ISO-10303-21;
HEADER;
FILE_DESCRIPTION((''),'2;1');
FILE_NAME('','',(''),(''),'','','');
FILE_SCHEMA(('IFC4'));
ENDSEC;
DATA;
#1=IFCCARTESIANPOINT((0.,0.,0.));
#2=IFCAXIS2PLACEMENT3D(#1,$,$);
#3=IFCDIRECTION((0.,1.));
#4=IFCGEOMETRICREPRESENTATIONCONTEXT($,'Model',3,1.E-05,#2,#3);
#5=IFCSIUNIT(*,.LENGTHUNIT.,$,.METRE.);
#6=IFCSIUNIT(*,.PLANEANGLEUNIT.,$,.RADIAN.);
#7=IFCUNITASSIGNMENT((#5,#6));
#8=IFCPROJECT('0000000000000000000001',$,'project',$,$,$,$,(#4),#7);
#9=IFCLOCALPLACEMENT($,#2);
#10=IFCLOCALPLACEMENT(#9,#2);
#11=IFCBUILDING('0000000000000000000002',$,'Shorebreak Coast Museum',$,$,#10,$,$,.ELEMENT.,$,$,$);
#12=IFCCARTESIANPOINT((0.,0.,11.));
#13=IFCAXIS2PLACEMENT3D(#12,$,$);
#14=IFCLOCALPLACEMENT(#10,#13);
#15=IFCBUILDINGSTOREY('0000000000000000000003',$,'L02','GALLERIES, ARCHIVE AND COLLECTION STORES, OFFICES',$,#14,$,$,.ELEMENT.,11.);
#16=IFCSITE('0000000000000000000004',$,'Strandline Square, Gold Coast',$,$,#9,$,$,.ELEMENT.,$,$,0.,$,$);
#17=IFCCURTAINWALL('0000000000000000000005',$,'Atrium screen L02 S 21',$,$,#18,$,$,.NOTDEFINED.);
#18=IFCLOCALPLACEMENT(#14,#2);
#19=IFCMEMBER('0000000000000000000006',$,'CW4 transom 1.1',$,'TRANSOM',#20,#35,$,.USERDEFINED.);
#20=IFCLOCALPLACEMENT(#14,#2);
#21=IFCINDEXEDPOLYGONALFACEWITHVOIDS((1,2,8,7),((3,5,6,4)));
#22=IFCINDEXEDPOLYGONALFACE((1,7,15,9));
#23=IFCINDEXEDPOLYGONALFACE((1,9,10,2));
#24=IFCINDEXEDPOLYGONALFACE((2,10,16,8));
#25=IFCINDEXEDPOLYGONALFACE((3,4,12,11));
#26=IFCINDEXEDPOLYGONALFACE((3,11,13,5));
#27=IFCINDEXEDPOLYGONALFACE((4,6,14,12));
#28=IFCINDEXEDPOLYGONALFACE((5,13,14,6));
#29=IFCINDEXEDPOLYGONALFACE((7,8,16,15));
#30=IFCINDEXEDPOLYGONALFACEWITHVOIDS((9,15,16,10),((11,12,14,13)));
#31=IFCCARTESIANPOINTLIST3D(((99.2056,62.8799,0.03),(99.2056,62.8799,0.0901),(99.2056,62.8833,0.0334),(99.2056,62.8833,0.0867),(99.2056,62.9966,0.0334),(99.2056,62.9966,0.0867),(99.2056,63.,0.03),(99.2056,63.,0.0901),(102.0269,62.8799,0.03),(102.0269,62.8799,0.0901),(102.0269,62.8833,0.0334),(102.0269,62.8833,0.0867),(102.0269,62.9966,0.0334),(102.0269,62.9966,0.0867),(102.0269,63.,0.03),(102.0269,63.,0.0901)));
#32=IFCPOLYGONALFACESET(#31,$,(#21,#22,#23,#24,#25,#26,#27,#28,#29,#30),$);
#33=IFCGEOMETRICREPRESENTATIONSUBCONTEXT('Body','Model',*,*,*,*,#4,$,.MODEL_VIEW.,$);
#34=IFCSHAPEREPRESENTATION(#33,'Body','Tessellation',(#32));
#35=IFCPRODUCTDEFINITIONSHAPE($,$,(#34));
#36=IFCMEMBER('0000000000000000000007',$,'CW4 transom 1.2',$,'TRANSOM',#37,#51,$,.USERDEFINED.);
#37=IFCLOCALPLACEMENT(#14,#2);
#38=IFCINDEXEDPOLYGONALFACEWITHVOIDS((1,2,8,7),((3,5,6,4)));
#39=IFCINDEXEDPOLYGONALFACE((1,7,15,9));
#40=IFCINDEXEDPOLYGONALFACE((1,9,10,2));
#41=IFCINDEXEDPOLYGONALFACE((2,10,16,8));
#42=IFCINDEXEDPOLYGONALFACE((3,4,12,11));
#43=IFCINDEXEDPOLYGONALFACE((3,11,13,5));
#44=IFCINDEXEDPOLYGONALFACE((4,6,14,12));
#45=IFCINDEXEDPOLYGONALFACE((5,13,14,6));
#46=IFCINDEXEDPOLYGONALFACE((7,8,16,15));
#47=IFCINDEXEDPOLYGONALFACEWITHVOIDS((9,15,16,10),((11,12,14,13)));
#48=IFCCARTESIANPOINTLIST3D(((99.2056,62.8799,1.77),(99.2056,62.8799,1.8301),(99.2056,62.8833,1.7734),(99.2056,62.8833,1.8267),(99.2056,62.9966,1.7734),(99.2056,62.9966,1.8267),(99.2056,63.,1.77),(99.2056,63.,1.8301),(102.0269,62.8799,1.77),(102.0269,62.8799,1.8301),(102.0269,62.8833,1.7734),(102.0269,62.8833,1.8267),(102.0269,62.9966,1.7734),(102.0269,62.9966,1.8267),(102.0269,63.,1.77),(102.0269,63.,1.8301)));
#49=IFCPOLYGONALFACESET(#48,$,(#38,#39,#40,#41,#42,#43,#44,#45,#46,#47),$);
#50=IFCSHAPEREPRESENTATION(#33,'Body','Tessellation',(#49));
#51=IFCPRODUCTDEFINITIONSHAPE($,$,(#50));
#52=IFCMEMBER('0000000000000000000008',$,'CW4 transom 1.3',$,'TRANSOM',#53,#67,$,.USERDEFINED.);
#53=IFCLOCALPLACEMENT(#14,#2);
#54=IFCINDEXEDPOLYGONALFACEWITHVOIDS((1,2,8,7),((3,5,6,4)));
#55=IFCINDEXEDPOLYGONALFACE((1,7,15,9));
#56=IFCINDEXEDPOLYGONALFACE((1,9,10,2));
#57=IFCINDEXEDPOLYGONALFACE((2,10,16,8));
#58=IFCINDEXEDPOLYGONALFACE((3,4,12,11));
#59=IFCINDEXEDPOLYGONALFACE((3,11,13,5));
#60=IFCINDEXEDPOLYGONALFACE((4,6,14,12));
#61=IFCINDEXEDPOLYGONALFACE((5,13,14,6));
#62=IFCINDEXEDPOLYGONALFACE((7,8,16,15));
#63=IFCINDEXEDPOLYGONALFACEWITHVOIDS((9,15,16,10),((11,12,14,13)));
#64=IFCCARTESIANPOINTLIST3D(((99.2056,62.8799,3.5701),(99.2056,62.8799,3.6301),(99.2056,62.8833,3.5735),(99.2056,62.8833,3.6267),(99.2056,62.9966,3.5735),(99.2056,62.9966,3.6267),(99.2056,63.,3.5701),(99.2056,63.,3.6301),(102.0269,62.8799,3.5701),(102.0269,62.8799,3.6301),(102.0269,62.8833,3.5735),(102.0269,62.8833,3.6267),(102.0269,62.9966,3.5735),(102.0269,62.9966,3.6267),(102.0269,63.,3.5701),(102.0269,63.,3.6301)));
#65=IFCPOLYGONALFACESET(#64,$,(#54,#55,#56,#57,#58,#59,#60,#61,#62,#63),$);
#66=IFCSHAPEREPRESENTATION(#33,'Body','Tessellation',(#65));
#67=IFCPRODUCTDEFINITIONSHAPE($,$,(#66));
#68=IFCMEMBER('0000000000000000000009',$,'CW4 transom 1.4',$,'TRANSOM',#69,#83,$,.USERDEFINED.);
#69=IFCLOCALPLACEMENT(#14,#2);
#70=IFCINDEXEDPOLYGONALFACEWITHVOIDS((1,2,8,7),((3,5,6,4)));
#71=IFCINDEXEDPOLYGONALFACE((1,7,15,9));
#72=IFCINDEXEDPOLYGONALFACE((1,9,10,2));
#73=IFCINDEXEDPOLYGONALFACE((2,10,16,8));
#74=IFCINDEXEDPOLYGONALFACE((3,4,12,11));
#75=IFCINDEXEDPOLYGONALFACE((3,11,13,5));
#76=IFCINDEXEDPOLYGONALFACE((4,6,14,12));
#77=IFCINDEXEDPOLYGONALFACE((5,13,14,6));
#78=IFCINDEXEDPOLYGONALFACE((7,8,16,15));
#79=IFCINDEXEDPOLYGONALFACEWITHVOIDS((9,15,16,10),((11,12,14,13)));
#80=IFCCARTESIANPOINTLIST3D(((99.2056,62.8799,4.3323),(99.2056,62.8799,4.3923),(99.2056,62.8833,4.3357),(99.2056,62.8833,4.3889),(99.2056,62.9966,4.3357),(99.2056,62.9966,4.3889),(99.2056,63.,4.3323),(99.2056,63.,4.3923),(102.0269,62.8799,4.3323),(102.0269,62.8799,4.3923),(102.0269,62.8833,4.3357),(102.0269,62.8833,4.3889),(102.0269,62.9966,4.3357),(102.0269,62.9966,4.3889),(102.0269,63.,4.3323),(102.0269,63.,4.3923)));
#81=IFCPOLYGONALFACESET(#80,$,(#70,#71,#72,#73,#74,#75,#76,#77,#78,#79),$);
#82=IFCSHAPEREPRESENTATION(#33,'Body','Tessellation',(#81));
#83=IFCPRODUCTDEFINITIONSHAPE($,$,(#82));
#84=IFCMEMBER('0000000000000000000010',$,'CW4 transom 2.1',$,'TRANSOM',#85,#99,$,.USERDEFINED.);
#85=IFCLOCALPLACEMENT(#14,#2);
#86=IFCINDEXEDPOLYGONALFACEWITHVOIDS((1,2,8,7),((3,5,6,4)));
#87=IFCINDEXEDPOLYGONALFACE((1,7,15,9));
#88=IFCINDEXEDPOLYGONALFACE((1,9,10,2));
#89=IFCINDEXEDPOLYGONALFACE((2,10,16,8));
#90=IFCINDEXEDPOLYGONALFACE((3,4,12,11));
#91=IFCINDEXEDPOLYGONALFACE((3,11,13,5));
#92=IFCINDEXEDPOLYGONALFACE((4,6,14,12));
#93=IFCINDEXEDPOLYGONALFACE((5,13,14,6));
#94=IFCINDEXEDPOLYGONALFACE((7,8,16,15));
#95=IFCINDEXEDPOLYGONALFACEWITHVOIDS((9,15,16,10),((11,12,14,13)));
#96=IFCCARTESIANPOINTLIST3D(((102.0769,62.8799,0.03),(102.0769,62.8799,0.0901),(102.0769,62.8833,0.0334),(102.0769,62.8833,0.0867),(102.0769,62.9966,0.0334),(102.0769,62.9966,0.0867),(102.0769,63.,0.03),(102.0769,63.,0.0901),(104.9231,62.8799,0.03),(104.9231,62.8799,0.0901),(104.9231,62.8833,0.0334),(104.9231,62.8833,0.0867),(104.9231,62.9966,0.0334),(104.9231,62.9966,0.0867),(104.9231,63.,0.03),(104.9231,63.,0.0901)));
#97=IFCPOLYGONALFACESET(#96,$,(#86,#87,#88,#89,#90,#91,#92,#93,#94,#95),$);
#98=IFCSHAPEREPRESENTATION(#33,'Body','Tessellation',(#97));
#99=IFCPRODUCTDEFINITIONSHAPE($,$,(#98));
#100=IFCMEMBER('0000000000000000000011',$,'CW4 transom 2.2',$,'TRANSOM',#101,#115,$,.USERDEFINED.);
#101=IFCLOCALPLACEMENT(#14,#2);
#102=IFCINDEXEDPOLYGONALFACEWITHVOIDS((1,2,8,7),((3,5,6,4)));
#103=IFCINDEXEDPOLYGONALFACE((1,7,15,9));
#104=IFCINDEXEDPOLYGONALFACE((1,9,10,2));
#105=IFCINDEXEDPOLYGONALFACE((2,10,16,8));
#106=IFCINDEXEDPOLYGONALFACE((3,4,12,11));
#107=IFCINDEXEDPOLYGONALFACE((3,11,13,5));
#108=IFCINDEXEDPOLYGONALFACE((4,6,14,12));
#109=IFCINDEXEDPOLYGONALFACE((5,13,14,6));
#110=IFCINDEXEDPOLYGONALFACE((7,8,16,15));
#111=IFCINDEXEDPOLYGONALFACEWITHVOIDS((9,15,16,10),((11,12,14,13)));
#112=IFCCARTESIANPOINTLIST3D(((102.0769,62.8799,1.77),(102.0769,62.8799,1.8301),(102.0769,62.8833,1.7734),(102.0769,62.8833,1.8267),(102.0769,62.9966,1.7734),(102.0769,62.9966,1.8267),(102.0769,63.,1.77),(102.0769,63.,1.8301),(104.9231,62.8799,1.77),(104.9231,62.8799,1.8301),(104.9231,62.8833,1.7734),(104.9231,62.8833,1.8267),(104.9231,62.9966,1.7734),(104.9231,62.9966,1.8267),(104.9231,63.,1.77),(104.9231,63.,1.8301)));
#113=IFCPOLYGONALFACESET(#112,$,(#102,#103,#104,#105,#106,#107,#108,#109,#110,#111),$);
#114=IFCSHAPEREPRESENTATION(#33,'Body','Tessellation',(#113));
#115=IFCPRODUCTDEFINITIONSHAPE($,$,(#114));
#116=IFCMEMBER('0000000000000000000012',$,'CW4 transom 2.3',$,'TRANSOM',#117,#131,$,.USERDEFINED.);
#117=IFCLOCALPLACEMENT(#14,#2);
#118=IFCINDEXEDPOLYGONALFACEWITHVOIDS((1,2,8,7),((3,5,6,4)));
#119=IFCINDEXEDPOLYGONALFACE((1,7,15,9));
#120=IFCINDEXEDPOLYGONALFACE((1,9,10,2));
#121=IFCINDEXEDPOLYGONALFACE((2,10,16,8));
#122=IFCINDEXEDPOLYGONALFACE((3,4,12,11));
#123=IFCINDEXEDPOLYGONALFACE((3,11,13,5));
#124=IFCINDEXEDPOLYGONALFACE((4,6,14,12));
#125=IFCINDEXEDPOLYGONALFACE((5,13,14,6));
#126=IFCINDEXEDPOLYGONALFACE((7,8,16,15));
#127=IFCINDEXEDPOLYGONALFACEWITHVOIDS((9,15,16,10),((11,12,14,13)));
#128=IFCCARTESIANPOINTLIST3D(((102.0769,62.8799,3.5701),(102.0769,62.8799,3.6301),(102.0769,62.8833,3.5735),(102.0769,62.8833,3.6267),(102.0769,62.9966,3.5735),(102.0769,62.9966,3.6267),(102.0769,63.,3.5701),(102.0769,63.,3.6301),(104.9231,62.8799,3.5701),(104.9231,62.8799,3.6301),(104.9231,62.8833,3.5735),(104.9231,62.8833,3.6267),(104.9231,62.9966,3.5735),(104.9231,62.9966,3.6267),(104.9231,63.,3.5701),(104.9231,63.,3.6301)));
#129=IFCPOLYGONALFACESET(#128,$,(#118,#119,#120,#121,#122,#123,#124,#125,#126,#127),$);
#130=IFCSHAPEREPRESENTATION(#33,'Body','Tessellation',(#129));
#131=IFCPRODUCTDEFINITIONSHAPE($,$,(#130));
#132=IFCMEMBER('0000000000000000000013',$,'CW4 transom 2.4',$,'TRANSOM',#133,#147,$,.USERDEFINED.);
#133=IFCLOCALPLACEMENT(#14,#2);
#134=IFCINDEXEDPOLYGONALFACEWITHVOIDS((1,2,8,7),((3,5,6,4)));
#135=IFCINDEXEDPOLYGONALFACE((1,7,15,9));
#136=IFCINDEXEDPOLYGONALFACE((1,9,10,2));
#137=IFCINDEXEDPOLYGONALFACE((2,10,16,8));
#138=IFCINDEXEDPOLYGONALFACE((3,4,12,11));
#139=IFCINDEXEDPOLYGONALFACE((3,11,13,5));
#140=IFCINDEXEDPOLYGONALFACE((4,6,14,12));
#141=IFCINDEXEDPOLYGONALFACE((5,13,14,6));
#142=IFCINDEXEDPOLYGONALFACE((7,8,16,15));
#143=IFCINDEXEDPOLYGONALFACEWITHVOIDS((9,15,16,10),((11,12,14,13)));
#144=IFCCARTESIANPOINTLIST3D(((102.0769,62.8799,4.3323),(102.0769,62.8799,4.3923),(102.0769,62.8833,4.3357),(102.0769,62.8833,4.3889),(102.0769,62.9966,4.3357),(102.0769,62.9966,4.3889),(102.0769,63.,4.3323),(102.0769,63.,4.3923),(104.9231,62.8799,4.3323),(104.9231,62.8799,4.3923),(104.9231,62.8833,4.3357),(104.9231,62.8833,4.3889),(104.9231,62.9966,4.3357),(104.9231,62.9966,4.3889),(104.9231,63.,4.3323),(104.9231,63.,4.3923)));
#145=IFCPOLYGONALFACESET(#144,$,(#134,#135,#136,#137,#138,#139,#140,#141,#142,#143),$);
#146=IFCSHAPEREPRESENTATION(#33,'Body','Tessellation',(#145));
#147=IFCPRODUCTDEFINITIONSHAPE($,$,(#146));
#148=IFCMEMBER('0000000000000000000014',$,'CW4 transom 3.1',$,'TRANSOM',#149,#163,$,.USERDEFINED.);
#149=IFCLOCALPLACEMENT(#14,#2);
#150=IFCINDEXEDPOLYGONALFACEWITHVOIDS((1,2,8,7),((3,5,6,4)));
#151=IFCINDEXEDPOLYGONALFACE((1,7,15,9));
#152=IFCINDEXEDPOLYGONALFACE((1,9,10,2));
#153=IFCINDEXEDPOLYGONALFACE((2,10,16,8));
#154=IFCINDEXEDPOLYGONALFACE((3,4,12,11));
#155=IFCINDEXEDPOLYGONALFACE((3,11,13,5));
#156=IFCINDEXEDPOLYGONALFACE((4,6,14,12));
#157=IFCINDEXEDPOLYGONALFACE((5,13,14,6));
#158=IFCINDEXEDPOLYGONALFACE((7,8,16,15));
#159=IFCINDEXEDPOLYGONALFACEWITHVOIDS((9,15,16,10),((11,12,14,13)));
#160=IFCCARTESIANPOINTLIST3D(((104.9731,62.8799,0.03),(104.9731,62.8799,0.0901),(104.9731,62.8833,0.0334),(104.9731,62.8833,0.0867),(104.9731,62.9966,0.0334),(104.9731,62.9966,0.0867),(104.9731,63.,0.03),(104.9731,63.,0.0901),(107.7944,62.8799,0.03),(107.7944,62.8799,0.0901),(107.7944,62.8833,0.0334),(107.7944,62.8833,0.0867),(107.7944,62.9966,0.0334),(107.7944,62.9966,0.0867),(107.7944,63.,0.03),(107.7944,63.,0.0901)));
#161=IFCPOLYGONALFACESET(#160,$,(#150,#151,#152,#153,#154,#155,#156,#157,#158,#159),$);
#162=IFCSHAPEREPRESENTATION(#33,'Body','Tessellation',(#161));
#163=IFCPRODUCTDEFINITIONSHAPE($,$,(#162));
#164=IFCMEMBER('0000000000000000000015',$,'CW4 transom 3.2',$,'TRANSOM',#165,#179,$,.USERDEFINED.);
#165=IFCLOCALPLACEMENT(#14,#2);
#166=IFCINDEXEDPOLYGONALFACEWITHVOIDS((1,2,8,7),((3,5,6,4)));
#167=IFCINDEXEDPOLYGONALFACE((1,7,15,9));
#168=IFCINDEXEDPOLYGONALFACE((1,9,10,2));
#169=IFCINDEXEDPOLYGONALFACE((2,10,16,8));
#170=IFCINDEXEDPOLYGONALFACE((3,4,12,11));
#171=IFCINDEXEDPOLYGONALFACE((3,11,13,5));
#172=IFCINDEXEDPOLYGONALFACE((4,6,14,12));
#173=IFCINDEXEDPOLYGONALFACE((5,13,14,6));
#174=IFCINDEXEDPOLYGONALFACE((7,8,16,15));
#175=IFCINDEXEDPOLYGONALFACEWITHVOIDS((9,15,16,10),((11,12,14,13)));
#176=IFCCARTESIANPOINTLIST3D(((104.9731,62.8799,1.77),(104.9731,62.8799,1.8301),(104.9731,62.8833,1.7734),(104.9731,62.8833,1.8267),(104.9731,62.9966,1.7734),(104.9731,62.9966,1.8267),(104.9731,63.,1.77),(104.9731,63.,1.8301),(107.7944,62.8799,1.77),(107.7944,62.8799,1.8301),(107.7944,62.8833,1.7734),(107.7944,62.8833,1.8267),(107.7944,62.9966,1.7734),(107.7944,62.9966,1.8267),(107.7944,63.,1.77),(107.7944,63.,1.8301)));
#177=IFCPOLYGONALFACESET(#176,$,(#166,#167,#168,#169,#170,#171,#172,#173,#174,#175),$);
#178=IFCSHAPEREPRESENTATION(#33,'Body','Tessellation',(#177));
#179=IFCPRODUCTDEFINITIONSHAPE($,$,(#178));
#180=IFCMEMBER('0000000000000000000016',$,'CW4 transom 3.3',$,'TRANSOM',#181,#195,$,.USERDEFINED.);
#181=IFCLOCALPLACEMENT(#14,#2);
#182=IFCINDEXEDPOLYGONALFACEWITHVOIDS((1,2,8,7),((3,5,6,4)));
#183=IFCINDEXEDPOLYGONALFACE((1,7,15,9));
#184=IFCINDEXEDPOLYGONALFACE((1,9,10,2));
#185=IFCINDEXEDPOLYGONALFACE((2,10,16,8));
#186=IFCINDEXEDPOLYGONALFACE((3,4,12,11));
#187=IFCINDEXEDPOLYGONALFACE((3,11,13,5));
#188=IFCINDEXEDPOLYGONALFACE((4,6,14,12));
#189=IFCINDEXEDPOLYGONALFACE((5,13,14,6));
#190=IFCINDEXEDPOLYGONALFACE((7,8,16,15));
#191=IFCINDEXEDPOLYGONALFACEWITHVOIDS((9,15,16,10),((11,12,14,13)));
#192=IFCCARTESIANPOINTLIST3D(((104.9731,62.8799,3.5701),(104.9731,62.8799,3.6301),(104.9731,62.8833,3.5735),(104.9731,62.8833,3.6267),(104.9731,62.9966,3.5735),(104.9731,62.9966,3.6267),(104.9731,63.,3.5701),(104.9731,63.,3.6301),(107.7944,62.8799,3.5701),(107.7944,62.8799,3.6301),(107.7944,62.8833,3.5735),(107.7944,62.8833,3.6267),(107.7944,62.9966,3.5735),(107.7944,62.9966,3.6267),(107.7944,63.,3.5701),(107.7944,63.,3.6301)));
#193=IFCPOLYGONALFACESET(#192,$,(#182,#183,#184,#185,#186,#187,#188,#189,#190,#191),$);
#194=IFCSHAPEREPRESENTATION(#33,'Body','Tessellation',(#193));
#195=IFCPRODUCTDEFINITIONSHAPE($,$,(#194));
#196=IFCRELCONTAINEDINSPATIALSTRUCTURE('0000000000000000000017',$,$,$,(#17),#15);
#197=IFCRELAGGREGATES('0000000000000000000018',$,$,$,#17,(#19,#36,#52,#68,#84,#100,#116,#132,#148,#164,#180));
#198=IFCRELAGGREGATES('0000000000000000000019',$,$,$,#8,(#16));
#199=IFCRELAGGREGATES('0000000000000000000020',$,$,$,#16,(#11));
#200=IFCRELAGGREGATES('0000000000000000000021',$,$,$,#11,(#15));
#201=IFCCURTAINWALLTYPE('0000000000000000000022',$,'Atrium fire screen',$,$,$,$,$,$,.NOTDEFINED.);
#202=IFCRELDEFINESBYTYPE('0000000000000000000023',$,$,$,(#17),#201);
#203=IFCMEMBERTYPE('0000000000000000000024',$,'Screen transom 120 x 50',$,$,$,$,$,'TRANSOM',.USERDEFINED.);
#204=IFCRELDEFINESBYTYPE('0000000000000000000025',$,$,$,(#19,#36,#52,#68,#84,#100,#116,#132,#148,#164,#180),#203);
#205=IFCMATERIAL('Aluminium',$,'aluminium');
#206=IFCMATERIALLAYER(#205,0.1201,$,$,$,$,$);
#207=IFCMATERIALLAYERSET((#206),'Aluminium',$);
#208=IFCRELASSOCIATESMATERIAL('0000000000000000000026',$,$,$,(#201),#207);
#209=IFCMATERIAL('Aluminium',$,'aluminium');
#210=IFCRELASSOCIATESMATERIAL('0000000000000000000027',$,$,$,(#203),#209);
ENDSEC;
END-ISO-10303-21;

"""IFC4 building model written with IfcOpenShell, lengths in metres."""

from ifc_helpers import new_model, si_unit, direction, frame, origin, origin_2d, place, context, subcontext, project, spatial, hollow_rectangle, extrude, material, layer, layer_set, material_profile, profile_set, type_object, element, aggregate, save


model = new_model("IFC4")

# Units and contexts
model_context = context("Model", 3, precision=1e-05, world=origin(), true_north=direction((0.0, 1.0)))
body_context = subcontext(model_context, "Body", "Model", "MODEL_VIEW")
ifc_project = project(units=[si_unit("LENGTHUNIT", "METRE"), si_unit("PLANEANGLEUNIT", "RADIAN")], contexts=[model_context])

# Site, building, storey
site_placement = place(None, origin())
site = spatial("IfcSite", under=ifc_project, at=site_placement, Name="Strandline Square, Gold Coast", CompositionType="ELEMENT", RefElevation=0.0)
building_placement = place(site_placement, origin())
building = spatial("IfcBuilding", under=site, at=building_placement, Name="Shorebreak Coast Museum", CompositionType="ELEMENT")
storey_placement = place(building_placement, frame((0.0, 0.0, 11.0)))
storey = spatial("IfcBuildingStorey", under=building, at=storey_placement, Name="L02", Description="GALLERIES, ARCHIVE AND COLLECTION STORES, OFFICES", CompositionType="ELEMENT", Elevation=11.0)

# Curtain wall
ifc_material_1 = material(Name="Aluminium", Category="aluminium")
ifc_layer_1 = layer(ifc_material_1, 0.1201)
ifc_layer_set_1 = layer_set([ifc_layer_1], Name="Aluminium")
curtain_wall_type = type_object("IfcCurtainWallType", Name="Atrium fire screen", PredefinedType="NOTDEFINED", material=ifc_layer_set_1)
curtain_wall_1_placement = place(storey_placement, origin())
curtain_wall_1 = element("IfcCurtainWall", 1, at=curtain_wall_1_placement, inside=storey, type_object=curtain_wall_type, Name="Atrium screen L02 S 21", PredefinedType="NOTDEFINED")

# Members
ifc_material_2 = material(Name="Aluminium", Category="aluminium")
ifc_material_profile_1 = material_profile(ifc_material_2, hollow_rectangle(XDim=0.1201, YDim=0.0601, WallThickness=0.0034, at=origin_2d()), Name="AL 60x120 RHS")
ifc_profile_set_1 = profile_set([ifc_material_profile_1], Name="Aluminium")
member_type_1 = type_object("IfcMemberType", Name="Screen transom 120 x 50", ElementType="TRANSOM", PredefinedType="USERDEFINED", material=ifc_profile_set_1)
member_1_placement = place(storey_placement, frame((99.2056, 62.9399, 0.0601), z_axis=(1.0, 0.0, 0.0), x_axis=(0.0, 1.0, 0.0)))
member_1 = element("IfcMember", 2, at=member_1_placement, type_object=member_type_1, Name="CW4 transom 1.1", ObjectType="TRANSOM", PredefinedType="USERDEFINED", context=body_context, shape_type="SweptSolid", body=[
    extrude(hollow_rectangle(XDim=0.1201, YDim=0.0601, WallThickness=0.0034, at=origin_2d()), origin(), (0.0, 0.0, 1.0), 2.8213),
])
member_2_placement = place(storey_placement, frame((99.2056, 62.9399, 1.8), z_axis=(1.0, 0.0, 0.0), x_axis=(0.0, 1.0, 0.0)))
member_2 = element("IfcMember", 3, at=member_2_placement, type_object=member_type_1, Name="CW4 transom 1.2", ObjectType="TRANSOM", PredefinedType="USERDEFINED", context=body_context, shape_type="SweptSolid", body=[
    extrude(hollow_rectangle(XDim=0.1201, YDim=0.0601, WallThickness=0.0034, at=origin_2d()), origin(), (0.0, 0.0, 1.0), 2.8213),
])
member_3_placement = place(storey_placement, frame((99.2056, 62.9399, 3.6001), z_axis=(1.0, 0.0, 0.0), x_axis=(0.0, 1.0, 0.0)))
member_3 = element("IfcMember", 4, at=member_3_placement, type_object=member_type_1, Name="CW4 transom 1.3", ObjectType="TRANSOM", PredefinedType="USERDEFINED", context=body_context, shape_type="SweptSolid", body=[
    extrude(hollow_rectangle(XDim=0.1201, YDim=0.0601, WallThickness=0.0034, at=origin_2d()), origin(), (0.0, 0.0, 1.0), 2.8213),
])
member_4_placement = place(storey_placement, frame((99.2056, 62.9399, 4.3623), z_axis=(1.0, 0.0, 0.0), x_axis=(0.0, 1.0, 0.0)))
member_4 = element("IfcMember", 5, at=member_4_placement, type_object=member_type_1, Name="CW4 transom 1.4", ObjectType="TRANSOM", PredefinedType="USERDEFINED", context=body_context, shape_type="SweptSolid", body=[
    extrude(hollow_rectangle(XDim=0.1201, YDim=0.0601, WallThickness=0.0034, at=origin_2d()), origin(), (0.0, 0.0, 1.0), 2.8213),
])
member_5_placement = place(storey_placement, frame((102.0769, 62.9399, 0.0601), z_axis=(1.0, 0.0, 0.0), x_axis=(0.0, 1.0, 0.0)))
member_5 = element("IfcMember", 6, at=member_5_placement, type_object=member_type_1, Name="CW4 transom 2.1", ObjectType="TRANSOM", PredefinedType="USERDEFINED", context=body_context, shape_type="SweptSolid", body=[
    extrude(hollow_rectangle(XDim=0.1201, YDim=0.0601, WallThickness=0.0034, at=origin_2d()), origin(), (0.0, 0.0, 1.0), 2.8462),
])
member_6_placement = place(storey_placement, frame((102.0769, 62.9399, 1.8), z_axis=(1.0, 0.0, 0.0), x_axis=(0.0, 1.0, 0.0)))
member_6 = element("IfcMember", 7, at=member_6_placement, type_object=member_type_1, Name="CW4 transom 2.2", ObjectType="TRANSOM", PredefinedType="USERDEFINED", context=body_context, shape_type="SweptSolid", body=[
    extrude(hollow_rectangle(XDim=0.1201, YDim=0.0601, WallThickness=0.0034, at=origin_2d()), origin(), (0.0, 0.0, 1.0), 2.8462),
])
member_7_placement = place(storey_placement, frame((102.0769, 62.9399, 3.6001), z_axis=(1.0, 0.0, 0.0), x_axis=(0.0, 1.0, 0.0)))
member_7 = element("IfcMember", 8, at=member_7_placement, type_object=member_type_1, Name="CW4 transom 2.3", ObjectType="TRANSOM", PredefinedType="USERDEFINED", context=body_context, shape_type="SweptSolid", body=[
    extrude(hollow_rectangle(XDim=0.1201, YDim=0.0601, WallThickness=0.0034, at=origin_2d()), origin(), (0.0, 0.0, 1.0), 2.8462),
])
member_8_placement = place(storey_placement, frame((102.0769, 62.9399, 4.3623), z_axis=(1.0, 0.0, 0.0), x_axis=(0.0, 1.0, 0.0)))
member_8 = element("IfcMember", 9, at=member_8_placement, type_object=member_type_1, Name="CW4 transom 2.4", ObjectType="TRANSOM", PredefinedType="USERDEFINED", context=body_context, shape_type="SweptSolid", body=[
    extrude(hollow_rectangle(XDim=0.1201, YDim=0.0601, WallThickness=0.0034, at=origin_2d()), origin(), (0.0, 0.0, 1.0), 2.8462),
])
member_9_placement = place(storey_placement, frame((104.9731, 62.9399, 0.0601), z_axis=(1.0, 0.0, 0.0), x_axis=(0.0, 1.0, 0.0)))
member_9 = element("IfcMember", 10, at=member_9_placement, type_object=member_type_1, Name="CW4 transom 3.1", ObjectType="TRANSOM", PredefinedType="USERDEFINED", context=body_context, shape_type="SweptSolid", body=[
    extrude(hollow_rectangle(XDim=0.1201, YDim=0.0601, WallThickness=0.0034, at=origin_2d()), origin(), (0.0, 0.0, 1.0), 2.8213),
])
member_10_placement = place(storey_placement, frame((104.9731, 62.9399, 1.8), z_axis=(1.0, 0.0, 0.0), x_axis=(0.0, 1.0, 0.0)))
member_10 = element("IfcMember", 11, at=member_10_placement, type_object=member_type_1, Name="CW4 transom 3.2", ObjectType="TRANSOM", PredefinedType="USERDEFINED", context=body_context, shape_type="SweptSolid", body=[
    extrude(hollow_rectangle(XDim=0.1201, YDim=0.0601, WallThickness=0.0034, at=origin_2d()), origin(), (0.0, 0.0, 1.0), 2.8213),
])
member_11_placement = place(storey_placement, frame((104.9731, 62.9399, 3.6001), z_axis=(1.0, 0.0, 0.0), x_axis=(0.0, 1.0, 0.0)))
member_11 = element("IfcMember", 12, at=member_11_placement, type_object=member_type_1, Name="CW4 transom 3.3", ObjectType="TRANSOM", PredefinedType="USERDEFINED", context=body_context, shape_type="SweptSolid", body=[
    extrude(hollow_rectangle(XDim=0.1201, YDim=0.0601, WallThickness=0.0034, at=origin_2d()), origin(), (0.0, 0.0, 1.0), 2.8213),
])

aggregate(curtain_wall_1, [member_1, member_2, member_3, member_4, member_5, member_6, member_7, member_8, member_9, member_10, member_11])

save(model, "model.ifc")
